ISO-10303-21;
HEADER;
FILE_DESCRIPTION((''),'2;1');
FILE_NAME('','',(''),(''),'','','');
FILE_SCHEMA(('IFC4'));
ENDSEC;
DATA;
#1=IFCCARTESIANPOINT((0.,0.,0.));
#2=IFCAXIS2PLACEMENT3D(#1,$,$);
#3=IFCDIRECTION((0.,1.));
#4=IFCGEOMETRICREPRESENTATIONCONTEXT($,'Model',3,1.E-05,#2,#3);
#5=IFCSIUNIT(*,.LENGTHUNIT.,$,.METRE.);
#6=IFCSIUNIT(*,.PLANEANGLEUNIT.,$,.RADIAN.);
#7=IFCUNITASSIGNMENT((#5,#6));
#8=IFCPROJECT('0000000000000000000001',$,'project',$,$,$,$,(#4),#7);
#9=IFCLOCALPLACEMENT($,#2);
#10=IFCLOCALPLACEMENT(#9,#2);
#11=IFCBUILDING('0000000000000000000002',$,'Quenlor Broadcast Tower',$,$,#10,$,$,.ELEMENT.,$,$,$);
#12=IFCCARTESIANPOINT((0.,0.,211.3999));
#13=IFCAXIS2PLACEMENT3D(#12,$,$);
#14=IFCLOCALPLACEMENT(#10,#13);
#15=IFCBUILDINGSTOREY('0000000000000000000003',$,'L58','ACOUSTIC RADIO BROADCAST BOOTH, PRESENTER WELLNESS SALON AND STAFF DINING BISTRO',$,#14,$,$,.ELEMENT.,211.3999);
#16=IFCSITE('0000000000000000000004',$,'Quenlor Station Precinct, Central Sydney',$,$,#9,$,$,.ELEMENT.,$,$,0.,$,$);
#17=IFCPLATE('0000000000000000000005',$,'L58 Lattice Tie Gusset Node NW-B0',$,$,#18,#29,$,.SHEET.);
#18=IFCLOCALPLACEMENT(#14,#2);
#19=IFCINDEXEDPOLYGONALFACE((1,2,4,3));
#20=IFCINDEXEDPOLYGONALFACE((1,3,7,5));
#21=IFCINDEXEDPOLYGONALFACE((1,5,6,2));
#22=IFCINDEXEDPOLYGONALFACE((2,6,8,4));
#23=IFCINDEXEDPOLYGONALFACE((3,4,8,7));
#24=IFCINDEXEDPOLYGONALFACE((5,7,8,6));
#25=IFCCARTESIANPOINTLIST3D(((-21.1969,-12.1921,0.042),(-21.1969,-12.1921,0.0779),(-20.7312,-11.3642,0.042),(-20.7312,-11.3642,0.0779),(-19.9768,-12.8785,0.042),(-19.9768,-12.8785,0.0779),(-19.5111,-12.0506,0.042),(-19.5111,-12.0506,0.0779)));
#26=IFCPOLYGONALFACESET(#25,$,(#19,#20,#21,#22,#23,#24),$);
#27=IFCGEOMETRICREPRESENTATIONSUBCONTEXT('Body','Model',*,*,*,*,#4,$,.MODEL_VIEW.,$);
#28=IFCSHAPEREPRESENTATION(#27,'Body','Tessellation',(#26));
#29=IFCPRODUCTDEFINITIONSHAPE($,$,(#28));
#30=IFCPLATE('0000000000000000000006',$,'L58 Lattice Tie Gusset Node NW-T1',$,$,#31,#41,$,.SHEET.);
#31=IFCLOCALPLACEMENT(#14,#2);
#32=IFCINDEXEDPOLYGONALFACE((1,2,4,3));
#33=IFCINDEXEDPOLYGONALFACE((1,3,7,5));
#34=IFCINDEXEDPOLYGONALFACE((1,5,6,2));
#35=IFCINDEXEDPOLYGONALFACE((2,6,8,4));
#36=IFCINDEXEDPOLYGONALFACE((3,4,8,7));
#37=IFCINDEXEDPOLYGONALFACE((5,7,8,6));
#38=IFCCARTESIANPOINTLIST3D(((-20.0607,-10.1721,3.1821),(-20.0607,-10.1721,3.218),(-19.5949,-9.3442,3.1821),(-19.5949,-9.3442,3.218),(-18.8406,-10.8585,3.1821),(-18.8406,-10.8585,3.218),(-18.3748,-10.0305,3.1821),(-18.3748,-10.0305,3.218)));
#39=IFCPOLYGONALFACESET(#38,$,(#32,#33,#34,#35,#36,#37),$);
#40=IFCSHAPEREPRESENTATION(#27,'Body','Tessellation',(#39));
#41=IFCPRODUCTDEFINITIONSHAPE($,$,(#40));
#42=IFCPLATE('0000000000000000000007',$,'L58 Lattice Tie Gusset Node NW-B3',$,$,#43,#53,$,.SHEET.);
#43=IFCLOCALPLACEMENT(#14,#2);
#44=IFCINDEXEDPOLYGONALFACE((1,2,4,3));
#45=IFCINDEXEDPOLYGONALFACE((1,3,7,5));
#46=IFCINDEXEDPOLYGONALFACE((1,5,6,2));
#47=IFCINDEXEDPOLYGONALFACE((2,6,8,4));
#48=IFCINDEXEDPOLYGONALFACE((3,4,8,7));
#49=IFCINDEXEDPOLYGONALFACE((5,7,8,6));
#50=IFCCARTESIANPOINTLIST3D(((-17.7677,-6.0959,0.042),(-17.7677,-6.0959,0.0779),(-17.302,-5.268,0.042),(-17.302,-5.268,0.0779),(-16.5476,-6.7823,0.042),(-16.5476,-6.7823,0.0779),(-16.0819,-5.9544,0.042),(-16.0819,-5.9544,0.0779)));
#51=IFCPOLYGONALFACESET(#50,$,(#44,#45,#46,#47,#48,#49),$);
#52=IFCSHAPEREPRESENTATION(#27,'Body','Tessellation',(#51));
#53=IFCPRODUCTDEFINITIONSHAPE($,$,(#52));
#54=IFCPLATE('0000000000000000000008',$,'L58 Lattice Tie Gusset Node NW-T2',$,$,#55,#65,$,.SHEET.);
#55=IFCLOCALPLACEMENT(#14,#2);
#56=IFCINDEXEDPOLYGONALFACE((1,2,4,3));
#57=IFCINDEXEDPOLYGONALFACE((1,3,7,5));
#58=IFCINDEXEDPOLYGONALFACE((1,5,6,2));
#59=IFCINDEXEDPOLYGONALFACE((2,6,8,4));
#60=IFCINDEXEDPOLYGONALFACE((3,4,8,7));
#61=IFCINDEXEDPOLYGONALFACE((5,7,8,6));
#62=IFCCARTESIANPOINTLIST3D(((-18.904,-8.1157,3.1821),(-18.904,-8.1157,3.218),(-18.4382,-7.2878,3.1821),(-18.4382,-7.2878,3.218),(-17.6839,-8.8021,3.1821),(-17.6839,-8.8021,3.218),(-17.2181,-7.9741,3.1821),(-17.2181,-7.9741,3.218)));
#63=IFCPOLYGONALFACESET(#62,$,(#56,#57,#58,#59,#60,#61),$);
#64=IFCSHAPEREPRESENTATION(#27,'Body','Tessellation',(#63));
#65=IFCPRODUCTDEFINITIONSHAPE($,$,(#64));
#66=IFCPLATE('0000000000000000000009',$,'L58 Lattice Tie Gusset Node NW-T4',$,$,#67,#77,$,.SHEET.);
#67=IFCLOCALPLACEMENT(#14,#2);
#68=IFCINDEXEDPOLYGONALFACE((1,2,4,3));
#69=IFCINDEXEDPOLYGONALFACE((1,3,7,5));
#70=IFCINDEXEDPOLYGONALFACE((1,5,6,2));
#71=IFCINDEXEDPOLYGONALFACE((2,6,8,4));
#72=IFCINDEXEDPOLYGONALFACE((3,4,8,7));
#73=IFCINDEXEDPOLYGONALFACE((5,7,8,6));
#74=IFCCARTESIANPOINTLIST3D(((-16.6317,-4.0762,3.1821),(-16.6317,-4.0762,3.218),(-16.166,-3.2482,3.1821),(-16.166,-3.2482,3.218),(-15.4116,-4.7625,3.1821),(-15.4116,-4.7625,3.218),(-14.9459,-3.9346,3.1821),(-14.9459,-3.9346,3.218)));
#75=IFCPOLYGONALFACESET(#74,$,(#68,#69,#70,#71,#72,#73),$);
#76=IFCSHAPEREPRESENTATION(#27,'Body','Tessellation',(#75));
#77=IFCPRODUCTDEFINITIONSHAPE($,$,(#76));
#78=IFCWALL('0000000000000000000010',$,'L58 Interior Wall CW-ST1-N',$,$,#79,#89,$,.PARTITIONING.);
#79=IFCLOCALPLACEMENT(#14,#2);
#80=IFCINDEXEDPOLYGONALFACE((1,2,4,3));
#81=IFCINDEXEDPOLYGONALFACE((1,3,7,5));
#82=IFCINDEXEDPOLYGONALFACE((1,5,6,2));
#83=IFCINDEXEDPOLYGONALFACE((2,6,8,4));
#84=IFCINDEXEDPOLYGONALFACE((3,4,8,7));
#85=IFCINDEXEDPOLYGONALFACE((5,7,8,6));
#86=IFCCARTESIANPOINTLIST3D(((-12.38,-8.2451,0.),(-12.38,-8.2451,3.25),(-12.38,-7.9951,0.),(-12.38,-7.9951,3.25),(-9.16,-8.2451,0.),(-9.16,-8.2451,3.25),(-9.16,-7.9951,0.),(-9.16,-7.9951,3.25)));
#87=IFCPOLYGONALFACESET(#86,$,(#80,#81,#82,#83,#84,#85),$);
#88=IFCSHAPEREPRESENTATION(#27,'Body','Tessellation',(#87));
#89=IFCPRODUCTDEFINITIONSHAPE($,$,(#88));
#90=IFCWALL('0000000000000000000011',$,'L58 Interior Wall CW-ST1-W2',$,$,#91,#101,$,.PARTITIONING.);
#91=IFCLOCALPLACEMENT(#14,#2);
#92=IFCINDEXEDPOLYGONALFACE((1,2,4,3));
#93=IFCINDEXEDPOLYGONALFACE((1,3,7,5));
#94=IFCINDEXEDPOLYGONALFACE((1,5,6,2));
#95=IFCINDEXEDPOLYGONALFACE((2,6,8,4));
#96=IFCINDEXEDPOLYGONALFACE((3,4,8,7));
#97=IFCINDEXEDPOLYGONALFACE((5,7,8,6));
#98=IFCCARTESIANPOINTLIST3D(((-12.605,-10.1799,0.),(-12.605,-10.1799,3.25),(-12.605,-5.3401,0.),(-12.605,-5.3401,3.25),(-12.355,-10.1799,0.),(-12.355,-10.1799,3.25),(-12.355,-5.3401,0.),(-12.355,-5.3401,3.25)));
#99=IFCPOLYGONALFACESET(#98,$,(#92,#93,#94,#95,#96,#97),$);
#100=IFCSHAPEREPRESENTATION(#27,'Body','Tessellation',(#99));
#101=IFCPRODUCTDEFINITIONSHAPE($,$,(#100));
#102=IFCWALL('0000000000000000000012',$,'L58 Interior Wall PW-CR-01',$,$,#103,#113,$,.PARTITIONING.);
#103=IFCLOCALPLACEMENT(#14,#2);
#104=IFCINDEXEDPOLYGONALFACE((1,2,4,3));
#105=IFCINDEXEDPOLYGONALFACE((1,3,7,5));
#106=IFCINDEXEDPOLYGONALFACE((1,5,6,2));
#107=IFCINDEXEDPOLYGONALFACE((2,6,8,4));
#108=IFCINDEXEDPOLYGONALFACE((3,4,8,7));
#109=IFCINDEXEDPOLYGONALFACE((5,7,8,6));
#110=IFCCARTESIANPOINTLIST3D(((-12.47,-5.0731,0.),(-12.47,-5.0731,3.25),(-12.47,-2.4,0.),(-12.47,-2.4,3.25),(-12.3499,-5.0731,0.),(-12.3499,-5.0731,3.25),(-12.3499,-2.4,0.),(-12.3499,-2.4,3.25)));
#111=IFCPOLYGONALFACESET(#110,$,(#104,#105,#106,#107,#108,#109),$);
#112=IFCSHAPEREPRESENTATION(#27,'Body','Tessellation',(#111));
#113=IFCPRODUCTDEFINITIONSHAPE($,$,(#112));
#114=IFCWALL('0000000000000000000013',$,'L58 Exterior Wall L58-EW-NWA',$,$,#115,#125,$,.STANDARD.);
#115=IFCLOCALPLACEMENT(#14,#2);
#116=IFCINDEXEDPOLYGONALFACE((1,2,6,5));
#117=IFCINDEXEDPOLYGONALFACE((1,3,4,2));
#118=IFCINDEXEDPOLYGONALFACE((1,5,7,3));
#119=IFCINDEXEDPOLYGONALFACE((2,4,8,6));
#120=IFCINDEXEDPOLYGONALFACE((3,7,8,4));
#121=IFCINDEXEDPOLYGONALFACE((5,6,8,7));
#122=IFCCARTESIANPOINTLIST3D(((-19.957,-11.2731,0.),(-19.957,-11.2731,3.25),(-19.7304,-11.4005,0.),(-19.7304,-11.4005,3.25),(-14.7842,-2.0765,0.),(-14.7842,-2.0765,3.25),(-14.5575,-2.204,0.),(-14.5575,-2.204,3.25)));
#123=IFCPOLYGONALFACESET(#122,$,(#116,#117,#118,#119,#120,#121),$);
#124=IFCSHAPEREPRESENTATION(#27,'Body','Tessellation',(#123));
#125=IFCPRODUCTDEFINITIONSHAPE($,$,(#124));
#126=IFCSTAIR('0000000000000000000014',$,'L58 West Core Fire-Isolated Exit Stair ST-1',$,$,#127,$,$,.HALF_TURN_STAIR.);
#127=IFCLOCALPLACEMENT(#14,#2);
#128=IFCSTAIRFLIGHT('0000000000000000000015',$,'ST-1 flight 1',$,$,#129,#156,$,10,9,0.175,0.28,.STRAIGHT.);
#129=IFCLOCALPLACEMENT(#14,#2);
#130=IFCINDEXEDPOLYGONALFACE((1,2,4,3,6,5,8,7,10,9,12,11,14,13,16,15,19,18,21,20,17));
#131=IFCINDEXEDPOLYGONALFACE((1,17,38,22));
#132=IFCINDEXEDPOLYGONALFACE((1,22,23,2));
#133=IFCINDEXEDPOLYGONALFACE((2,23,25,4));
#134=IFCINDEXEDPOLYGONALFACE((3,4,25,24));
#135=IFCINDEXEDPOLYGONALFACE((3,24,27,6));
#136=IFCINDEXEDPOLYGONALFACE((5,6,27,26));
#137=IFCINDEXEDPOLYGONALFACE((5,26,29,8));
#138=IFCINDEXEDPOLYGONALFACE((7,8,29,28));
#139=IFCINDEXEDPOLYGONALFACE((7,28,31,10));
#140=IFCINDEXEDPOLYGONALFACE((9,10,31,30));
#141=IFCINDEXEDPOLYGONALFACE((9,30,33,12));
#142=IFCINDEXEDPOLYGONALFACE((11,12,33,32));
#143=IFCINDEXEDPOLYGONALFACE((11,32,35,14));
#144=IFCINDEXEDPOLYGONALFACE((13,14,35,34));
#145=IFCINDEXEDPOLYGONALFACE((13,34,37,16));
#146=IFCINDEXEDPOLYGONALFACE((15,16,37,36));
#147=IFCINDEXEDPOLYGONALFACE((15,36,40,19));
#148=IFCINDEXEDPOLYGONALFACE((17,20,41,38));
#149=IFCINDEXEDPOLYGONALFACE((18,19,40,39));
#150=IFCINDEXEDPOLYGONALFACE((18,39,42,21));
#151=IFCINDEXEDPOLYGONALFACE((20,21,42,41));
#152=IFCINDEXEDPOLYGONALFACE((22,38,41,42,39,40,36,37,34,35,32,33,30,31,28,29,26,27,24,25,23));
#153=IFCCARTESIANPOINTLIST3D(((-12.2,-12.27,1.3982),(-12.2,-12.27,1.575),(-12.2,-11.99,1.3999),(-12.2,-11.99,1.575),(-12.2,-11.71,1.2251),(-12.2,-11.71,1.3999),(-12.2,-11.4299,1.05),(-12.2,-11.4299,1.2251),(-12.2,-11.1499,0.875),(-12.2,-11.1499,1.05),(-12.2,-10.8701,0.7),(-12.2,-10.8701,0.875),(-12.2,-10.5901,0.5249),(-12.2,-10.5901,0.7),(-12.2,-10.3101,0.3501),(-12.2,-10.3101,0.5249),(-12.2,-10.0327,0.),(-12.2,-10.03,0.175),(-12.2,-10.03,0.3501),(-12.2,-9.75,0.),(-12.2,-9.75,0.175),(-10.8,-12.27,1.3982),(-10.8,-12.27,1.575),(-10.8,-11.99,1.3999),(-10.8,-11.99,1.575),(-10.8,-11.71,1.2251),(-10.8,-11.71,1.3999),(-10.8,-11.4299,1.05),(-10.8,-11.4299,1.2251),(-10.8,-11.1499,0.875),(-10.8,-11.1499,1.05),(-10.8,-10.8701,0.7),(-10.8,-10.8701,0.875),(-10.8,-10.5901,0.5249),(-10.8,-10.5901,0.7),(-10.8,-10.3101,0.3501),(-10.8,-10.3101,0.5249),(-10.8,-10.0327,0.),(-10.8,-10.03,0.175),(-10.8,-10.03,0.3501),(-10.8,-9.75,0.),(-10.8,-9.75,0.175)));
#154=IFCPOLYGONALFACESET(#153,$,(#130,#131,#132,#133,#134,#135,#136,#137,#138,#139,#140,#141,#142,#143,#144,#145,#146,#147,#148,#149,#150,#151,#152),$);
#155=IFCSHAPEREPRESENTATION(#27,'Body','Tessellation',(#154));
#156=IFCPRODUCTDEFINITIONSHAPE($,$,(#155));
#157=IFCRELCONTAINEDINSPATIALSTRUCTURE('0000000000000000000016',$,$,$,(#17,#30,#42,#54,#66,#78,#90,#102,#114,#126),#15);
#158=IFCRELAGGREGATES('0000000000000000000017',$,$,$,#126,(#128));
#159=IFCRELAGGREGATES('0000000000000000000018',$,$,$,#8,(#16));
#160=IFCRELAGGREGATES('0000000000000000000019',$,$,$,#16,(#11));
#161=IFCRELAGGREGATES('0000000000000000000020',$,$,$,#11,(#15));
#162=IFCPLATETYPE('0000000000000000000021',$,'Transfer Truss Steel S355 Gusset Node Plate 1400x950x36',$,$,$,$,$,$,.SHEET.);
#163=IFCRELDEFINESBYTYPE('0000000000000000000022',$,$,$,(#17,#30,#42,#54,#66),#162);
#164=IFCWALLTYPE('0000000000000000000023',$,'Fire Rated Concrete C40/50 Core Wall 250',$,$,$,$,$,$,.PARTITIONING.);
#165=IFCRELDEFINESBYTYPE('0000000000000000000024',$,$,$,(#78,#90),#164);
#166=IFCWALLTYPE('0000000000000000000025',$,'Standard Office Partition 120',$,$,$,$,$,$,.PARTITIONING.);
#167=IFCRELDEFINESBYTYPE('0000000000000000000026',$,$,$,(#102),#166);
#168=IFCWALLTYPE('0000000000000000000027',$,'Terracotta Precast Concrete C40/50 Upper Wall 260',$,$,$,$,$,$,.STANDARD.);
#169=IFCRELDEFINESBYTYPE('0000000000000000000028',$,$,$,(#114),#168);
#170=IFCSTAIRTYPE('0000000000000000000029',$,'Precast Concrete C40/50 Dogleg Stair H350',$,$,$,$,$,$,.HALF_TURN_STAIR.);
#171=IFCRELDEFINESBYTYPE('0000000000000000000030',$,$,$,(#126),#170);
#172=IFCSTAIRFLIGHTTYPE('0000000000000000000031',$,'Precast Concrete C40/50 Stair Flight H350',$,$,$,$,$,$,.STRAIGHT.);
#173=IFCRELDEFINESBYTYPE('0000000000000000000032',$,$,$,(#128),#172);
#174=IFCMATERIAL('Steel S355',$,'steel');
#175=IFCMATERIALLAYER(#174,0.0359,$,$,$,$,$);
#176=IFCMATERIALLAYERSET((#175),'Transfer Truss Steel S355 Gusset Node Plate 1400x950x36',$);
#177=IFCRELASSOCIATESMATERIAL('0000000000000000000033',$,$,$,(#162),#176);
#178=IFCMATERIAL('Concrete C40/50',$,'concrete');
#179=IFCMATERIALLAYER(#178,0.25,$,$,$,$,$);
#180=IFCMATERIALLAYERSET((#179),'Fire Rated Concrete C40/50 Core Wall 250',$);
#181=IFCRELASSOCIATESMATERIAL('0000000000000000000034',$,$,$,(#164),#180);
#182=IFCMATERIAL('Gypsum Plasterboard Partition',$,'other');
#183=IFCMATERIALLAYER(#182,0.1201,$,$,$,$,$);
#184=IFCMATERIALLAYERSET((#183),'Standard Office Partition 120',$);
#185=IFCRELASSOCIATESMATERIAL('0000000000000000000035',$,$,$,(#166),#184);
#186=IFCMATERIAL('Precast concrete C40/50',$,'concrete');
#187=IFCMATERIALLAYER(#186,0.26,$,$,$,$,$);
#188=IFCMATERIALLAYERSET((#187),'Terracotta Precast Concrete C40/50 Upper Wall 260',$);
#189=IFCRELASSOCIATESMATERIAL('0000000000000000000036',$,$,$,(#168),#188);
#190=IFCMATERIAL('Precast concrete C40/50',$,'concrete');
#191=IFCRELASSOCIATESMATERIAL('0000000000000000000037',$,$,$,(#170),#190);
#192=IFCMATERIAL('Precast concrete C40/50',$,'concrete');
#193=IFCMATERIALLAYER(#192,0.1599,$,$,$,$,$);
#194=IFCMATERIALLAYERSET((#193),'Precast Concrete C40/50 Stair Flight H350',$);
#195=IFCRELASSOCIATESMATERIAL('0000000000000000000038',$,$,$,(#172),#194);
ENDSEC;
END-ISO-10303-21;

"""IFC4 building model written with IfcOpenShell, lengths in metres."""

from ifc_helpers import new_model, si_unit, direction, frame, frame_2d, origin, origin_2d, place, context, subcontext, project, spatial, polyline, rectangle, outline, extrude, material, layer, layer_set, type_object, element, aggregate, save


model = new_model("IFC4")

# Units and contexts
model_context = context("Model", 3, precision=1e-05, world=origin(), true_north=direction((0.0, 1.0)))
body_context = subcontext(model_context, "Body", "Model", "MODEL_VIEW")
ifc_project = project(units=[si_unit("LENGTHUNIT", "METRE"), si_unit("PLANEANGLEUNIT", "RADIAN")], contexts=[model_context])

# Site, building, storey
site_placement = place(None, origin())
site = spatial("IfcSite", under=ifc_project, at=site_placement, Name="Quenlor Station Precinct, Central Sydney", CompositionType="ELEMENT", RefElevation=0.0)
building_placement = place(site_placement, origin())
building = spatial("IfcBuilding", under=site, at=building_placement, Name="Quenlor Broadcast Tower", CompositionType="ELEMENT")
storey_placement = place(building_placement, frame((0.0, 0.0, 211.3999)))
storey = spatial("IfcBuildingStorey", under=building, at=storey_placement, Name="L58", Description="ACOUSTIC RADIO BROADCAST BOOTH, PRESENTER WELLNESS SALON AND STAFF DINING BISTRO", CompositionType="ELEMENT", Elevation=211.3999)

# Plates
ifc_material_1 = material(Name="Steel S355", Category="steel")
ifc_layer_1 = layer(ifc_material_1, 0.0359)
ifc_layer_set_1 = layer_set([ifc_layer_1], Name="Transfer Truss Steel S355 Gusset Node Plate 1400x950x36")
plate_type = type_object("IfcPlateType", Name="Transfer Truss Steel S355 Gusset Node Plate 1400x950x36", PredefinedType="SHEET", material=ifc_layer_set_1)
for number, where, z_axis, x_axis, name in (
    (1, (-20.354, -12.1213, 0.042), (0.0, 0.0, 1.0), (-0.871556, 0.490295, 0.0), "L58 Lattice Tie Gusset Node NW-B0"),
    (2, (-19.2178, -10.1013, 3.1821), (0.0, 0.0, 1.0), (-0.871556, 0.490295, 0.0), "L58 Lattice Tie Gusset Node NW-T1"),
    (3, (-16.9248, -6.0251, 0.042), (0.0, 0.0, 1.0), (-0.871556, 0.490295, 0.0), "L58 Lattice Tie Gusset Node NW-B3"),
    (4, (-18.061, -8.0449, 3.1821), (0.0, 0.0, 1.0), (-0.871556, 0.490295, 0.0), "L58 Lattice Tie Gusset Node NW-T2"),
    (5, (-15.7888, -4.0054, 3.1821), (0.0, 0.0, 1.0), (-0.871556, 0.490295, 0.0), "L58 Lattice Tie Gusset Node NW-T4"),
):
    element("IfcPlate", number, at=place(storey_placement, frame(where, z_axis=z_axis, x_axis=x_axis)), inside=storey, type_object=plate_type, Name=name, PredefinedType="SHEET", context=body_context, shape_type="SweptSolid", body=[
        extrude(rectangle(XDim=1.3999, YDim=0.95, at=origin_2d()), origin(), (0.0, 0.0, 1.0), 0.0359),
    ])

# Walls
ifc_material_2 = material(Name="Concrete C40/50", Category="concrete")
ifc_layer_2 = layer(ifc_material_2, 0.25)
ifc_layer_set_2 = layer_set([ifc_layer_2], Name="Fire Rated Concrete C40/50 Core Wall 250")
wall_type_1 = type_object("IfcWallType", Name="Fire Rated Concrete C40/50 Core Wall 250", PredefinedType="PARTITIONING", material=ifc_layer_set_2)
wall_1_placement = place(storey_placement, frame((-12.3799, -8.1201, 0.0), z_axis=(0.0, 0.0, 1.0), x_axis=(1.0, 0.0, 0.0)))
element("IfcWall", 6, at=wall_1_placement, inside=storey, type_object=wall_type_1, Name="L58 Interior Wall CW-ST1-N", PredefinedType="PARTITIONING", context=body_context, shape_type="SweptSolid", body=[
    extrude(rectangle(XDim=3.22, YDim=0.25, at=frame_2d((1.6099, 0.0))), origin(), (0.0, 0.0, 1.0), 3.25),
])
wall_2_placement = place(storey_placement, frame((-12.48, -10.1799, 0.0), z_axis=(0.0, 0.0, 1.0), x_axis=(0.0, 1.0, 0.0)))
element("IfcWall", 7, at=wall_2_placement, inside=storey, type_object=wall_type_1, Name="L58 Interior Wall CW-ST1-W2", PredefinedType="PARTITIONING", context=body_context, shape_type="SweptSolid", body=[
    extrude(rectangle(XDim=4.8398, YDim=0.25, at=frame_2d((2.4199, 0.0))), origin(), (0.0, 0.0, 1.0), 3.25),
])

# Wall
ifc_material_3 = material(Name="Gypsum Plasterboard Partition", Category="other")
ifc_layer_3 = layer(ifc_material_3, 0.1201)
ifc_layer_set_3 = layer_set([ifc_layer_3], Name="Standard Office Partition 120")
wall_type_2 = type_object("IfcWallType", Name="Standard Office Partition 120", PredefinedType="PARTITIONING", material=ifc_layer_set_3)
wall_3_placement = place(storey_placement, frame((-12.4099, -5.073, 0.0), z_axis=(0.0, 0.0, 1.0), x_axis=(0.0, 1.0, 0.0)))
element("IfcWall", 8, at=wall_3_placement, inside=storey, type_object=wall_type_2, Name="L58 Interior Wall PW-CR-01", PredefinedType="PARTITIONING", context=body_context, shape_type="SweptSolid", body=[
    extrude(rectangle(XDim=2.6731, YDim=0.1201, at=frame_2d((1.3364, 0.0))), origin(), (0.0, 0.0, 1.0), 3.25),
])

# Wall
ifc_material_4 = material(Name="Precast concrete C40/50", Category="concrete")
ifc_layer_4 = layer(ifc_material_4, 0.26)
ifc_layer_set_4 = layer_set([ifc_layer_4], Name="Terracotta Precast Concrete C40/50 Upper Wall 260")
wall_type_3 = type_object("IfcWallType", Name="Terracotta Precast Concrete C40/50 Upper Wall 260", PredefinedType="STANDARD", material=ifc_layer_set_4)
wall_4_placement = place(storey_placement, frame((-19.8438, -11.3369, 0.0), z_axis=(0.0, 0.0, 1.0), x_axis=(0.490247, 0.871584, 0.0)))
element("IfcWall", 9, at=wall_4_placement, inside=storey, type_object=wall_type_3, Name="L58 Exterior Wall L58-EW-NWA", PredefinedType="STANDARD", context=body_context, shape_type="SweptSolid", body=[
    extrude(rectangle(XDim=10.5515, YDim=0.26, at=frame_2d((5.2759, 0.0))), origin(), (0.0, 0.0, 1.0), 3.25),
])

# Stair, stair flight
ifc_material_5 = material(Name="Precast concrete C40/50", Category="concrete")
stair_type = type_object("IfcStairType", Name="Precast Concrete C40/50 Dogleg Stair H350", PredefinedType="HALF_TURN_STAIR", material=ifc_material_5)
stair_placement = place(storey_placement, origin())
stair = element("IfcStair", 10, at=stair_placement, inside=storey, type_object=stair_type, Name="L58 West Core Fire-Isolated Exit Stair ST-1", PredefinedType="HALF_TURN_STAIR")
ifc_material_6 = material(Name="Precast concrete C40/50", Category="concrete")
ifc_layer_5 = layer(ifc_material_6, 0.1599)
ifc_layer_set_5 = layer_set([ifc_layer_5], Name="Precast Concrete C40/50 Stair Flight H350")
stair_flight_type = type_object("IfcStairFlightType", Name="Precast Concrete C40/50 Stair Flight H350", PredefinedType="STRAIGHT", material=ifc_layer_set_5)
stair_flight_placement = place(storey_placement, frame((-11.5, -9.75, 0.0), z_axis=(0.0, 0.0, 1.0), x_axis=(0.0, -1.0, 0.0)))
stair_flight = element("IfcStairFlight", 11, at=stair_flight_placement, type_object=stair_flight_type, Name="ST-1 flight 1", NumberOfRisers=10, NumberOfTreads=9, PredefinedType="STRAIGHT", RiserHeight=0.175, TreadLength=0.28, context=body_context, shape_type="SweptSolid", body=[
    extrude(outline(polyline([(0.0, 0.0), (0.0, 0.175), (0.28, 0.175), (0.28, 0.3501), (0.5601, 0.3501), (0.5601, 0.5249), (0.8401, 0.5249), (0.8401, 0.7), (1.1201, 0.7), (1.1201, 0.875), (1.3999, 0.875), (1.3999, 1.05), (1.6799, 1.05), (1.6799, 1.2251), (1.96, 1.2251), (1.96, 1.3999), (2.24, 1.3999), (2.24, 1.575), (2.52, 1.575), (2.52, 1.75), (2.52, 1.3982), (0.2827, 0.0), (0.0, 0.0)])), frame((0.0, 0.7, 0.0), z_axis=(0.0, -1.0, 0.0), x_axis=(1.0, 0.0, 0.0)), (0.0, 0.0, 1.0), 1.3999),
])
aggregate(stair, [stair_flight])

save(model, "model.ifc")
